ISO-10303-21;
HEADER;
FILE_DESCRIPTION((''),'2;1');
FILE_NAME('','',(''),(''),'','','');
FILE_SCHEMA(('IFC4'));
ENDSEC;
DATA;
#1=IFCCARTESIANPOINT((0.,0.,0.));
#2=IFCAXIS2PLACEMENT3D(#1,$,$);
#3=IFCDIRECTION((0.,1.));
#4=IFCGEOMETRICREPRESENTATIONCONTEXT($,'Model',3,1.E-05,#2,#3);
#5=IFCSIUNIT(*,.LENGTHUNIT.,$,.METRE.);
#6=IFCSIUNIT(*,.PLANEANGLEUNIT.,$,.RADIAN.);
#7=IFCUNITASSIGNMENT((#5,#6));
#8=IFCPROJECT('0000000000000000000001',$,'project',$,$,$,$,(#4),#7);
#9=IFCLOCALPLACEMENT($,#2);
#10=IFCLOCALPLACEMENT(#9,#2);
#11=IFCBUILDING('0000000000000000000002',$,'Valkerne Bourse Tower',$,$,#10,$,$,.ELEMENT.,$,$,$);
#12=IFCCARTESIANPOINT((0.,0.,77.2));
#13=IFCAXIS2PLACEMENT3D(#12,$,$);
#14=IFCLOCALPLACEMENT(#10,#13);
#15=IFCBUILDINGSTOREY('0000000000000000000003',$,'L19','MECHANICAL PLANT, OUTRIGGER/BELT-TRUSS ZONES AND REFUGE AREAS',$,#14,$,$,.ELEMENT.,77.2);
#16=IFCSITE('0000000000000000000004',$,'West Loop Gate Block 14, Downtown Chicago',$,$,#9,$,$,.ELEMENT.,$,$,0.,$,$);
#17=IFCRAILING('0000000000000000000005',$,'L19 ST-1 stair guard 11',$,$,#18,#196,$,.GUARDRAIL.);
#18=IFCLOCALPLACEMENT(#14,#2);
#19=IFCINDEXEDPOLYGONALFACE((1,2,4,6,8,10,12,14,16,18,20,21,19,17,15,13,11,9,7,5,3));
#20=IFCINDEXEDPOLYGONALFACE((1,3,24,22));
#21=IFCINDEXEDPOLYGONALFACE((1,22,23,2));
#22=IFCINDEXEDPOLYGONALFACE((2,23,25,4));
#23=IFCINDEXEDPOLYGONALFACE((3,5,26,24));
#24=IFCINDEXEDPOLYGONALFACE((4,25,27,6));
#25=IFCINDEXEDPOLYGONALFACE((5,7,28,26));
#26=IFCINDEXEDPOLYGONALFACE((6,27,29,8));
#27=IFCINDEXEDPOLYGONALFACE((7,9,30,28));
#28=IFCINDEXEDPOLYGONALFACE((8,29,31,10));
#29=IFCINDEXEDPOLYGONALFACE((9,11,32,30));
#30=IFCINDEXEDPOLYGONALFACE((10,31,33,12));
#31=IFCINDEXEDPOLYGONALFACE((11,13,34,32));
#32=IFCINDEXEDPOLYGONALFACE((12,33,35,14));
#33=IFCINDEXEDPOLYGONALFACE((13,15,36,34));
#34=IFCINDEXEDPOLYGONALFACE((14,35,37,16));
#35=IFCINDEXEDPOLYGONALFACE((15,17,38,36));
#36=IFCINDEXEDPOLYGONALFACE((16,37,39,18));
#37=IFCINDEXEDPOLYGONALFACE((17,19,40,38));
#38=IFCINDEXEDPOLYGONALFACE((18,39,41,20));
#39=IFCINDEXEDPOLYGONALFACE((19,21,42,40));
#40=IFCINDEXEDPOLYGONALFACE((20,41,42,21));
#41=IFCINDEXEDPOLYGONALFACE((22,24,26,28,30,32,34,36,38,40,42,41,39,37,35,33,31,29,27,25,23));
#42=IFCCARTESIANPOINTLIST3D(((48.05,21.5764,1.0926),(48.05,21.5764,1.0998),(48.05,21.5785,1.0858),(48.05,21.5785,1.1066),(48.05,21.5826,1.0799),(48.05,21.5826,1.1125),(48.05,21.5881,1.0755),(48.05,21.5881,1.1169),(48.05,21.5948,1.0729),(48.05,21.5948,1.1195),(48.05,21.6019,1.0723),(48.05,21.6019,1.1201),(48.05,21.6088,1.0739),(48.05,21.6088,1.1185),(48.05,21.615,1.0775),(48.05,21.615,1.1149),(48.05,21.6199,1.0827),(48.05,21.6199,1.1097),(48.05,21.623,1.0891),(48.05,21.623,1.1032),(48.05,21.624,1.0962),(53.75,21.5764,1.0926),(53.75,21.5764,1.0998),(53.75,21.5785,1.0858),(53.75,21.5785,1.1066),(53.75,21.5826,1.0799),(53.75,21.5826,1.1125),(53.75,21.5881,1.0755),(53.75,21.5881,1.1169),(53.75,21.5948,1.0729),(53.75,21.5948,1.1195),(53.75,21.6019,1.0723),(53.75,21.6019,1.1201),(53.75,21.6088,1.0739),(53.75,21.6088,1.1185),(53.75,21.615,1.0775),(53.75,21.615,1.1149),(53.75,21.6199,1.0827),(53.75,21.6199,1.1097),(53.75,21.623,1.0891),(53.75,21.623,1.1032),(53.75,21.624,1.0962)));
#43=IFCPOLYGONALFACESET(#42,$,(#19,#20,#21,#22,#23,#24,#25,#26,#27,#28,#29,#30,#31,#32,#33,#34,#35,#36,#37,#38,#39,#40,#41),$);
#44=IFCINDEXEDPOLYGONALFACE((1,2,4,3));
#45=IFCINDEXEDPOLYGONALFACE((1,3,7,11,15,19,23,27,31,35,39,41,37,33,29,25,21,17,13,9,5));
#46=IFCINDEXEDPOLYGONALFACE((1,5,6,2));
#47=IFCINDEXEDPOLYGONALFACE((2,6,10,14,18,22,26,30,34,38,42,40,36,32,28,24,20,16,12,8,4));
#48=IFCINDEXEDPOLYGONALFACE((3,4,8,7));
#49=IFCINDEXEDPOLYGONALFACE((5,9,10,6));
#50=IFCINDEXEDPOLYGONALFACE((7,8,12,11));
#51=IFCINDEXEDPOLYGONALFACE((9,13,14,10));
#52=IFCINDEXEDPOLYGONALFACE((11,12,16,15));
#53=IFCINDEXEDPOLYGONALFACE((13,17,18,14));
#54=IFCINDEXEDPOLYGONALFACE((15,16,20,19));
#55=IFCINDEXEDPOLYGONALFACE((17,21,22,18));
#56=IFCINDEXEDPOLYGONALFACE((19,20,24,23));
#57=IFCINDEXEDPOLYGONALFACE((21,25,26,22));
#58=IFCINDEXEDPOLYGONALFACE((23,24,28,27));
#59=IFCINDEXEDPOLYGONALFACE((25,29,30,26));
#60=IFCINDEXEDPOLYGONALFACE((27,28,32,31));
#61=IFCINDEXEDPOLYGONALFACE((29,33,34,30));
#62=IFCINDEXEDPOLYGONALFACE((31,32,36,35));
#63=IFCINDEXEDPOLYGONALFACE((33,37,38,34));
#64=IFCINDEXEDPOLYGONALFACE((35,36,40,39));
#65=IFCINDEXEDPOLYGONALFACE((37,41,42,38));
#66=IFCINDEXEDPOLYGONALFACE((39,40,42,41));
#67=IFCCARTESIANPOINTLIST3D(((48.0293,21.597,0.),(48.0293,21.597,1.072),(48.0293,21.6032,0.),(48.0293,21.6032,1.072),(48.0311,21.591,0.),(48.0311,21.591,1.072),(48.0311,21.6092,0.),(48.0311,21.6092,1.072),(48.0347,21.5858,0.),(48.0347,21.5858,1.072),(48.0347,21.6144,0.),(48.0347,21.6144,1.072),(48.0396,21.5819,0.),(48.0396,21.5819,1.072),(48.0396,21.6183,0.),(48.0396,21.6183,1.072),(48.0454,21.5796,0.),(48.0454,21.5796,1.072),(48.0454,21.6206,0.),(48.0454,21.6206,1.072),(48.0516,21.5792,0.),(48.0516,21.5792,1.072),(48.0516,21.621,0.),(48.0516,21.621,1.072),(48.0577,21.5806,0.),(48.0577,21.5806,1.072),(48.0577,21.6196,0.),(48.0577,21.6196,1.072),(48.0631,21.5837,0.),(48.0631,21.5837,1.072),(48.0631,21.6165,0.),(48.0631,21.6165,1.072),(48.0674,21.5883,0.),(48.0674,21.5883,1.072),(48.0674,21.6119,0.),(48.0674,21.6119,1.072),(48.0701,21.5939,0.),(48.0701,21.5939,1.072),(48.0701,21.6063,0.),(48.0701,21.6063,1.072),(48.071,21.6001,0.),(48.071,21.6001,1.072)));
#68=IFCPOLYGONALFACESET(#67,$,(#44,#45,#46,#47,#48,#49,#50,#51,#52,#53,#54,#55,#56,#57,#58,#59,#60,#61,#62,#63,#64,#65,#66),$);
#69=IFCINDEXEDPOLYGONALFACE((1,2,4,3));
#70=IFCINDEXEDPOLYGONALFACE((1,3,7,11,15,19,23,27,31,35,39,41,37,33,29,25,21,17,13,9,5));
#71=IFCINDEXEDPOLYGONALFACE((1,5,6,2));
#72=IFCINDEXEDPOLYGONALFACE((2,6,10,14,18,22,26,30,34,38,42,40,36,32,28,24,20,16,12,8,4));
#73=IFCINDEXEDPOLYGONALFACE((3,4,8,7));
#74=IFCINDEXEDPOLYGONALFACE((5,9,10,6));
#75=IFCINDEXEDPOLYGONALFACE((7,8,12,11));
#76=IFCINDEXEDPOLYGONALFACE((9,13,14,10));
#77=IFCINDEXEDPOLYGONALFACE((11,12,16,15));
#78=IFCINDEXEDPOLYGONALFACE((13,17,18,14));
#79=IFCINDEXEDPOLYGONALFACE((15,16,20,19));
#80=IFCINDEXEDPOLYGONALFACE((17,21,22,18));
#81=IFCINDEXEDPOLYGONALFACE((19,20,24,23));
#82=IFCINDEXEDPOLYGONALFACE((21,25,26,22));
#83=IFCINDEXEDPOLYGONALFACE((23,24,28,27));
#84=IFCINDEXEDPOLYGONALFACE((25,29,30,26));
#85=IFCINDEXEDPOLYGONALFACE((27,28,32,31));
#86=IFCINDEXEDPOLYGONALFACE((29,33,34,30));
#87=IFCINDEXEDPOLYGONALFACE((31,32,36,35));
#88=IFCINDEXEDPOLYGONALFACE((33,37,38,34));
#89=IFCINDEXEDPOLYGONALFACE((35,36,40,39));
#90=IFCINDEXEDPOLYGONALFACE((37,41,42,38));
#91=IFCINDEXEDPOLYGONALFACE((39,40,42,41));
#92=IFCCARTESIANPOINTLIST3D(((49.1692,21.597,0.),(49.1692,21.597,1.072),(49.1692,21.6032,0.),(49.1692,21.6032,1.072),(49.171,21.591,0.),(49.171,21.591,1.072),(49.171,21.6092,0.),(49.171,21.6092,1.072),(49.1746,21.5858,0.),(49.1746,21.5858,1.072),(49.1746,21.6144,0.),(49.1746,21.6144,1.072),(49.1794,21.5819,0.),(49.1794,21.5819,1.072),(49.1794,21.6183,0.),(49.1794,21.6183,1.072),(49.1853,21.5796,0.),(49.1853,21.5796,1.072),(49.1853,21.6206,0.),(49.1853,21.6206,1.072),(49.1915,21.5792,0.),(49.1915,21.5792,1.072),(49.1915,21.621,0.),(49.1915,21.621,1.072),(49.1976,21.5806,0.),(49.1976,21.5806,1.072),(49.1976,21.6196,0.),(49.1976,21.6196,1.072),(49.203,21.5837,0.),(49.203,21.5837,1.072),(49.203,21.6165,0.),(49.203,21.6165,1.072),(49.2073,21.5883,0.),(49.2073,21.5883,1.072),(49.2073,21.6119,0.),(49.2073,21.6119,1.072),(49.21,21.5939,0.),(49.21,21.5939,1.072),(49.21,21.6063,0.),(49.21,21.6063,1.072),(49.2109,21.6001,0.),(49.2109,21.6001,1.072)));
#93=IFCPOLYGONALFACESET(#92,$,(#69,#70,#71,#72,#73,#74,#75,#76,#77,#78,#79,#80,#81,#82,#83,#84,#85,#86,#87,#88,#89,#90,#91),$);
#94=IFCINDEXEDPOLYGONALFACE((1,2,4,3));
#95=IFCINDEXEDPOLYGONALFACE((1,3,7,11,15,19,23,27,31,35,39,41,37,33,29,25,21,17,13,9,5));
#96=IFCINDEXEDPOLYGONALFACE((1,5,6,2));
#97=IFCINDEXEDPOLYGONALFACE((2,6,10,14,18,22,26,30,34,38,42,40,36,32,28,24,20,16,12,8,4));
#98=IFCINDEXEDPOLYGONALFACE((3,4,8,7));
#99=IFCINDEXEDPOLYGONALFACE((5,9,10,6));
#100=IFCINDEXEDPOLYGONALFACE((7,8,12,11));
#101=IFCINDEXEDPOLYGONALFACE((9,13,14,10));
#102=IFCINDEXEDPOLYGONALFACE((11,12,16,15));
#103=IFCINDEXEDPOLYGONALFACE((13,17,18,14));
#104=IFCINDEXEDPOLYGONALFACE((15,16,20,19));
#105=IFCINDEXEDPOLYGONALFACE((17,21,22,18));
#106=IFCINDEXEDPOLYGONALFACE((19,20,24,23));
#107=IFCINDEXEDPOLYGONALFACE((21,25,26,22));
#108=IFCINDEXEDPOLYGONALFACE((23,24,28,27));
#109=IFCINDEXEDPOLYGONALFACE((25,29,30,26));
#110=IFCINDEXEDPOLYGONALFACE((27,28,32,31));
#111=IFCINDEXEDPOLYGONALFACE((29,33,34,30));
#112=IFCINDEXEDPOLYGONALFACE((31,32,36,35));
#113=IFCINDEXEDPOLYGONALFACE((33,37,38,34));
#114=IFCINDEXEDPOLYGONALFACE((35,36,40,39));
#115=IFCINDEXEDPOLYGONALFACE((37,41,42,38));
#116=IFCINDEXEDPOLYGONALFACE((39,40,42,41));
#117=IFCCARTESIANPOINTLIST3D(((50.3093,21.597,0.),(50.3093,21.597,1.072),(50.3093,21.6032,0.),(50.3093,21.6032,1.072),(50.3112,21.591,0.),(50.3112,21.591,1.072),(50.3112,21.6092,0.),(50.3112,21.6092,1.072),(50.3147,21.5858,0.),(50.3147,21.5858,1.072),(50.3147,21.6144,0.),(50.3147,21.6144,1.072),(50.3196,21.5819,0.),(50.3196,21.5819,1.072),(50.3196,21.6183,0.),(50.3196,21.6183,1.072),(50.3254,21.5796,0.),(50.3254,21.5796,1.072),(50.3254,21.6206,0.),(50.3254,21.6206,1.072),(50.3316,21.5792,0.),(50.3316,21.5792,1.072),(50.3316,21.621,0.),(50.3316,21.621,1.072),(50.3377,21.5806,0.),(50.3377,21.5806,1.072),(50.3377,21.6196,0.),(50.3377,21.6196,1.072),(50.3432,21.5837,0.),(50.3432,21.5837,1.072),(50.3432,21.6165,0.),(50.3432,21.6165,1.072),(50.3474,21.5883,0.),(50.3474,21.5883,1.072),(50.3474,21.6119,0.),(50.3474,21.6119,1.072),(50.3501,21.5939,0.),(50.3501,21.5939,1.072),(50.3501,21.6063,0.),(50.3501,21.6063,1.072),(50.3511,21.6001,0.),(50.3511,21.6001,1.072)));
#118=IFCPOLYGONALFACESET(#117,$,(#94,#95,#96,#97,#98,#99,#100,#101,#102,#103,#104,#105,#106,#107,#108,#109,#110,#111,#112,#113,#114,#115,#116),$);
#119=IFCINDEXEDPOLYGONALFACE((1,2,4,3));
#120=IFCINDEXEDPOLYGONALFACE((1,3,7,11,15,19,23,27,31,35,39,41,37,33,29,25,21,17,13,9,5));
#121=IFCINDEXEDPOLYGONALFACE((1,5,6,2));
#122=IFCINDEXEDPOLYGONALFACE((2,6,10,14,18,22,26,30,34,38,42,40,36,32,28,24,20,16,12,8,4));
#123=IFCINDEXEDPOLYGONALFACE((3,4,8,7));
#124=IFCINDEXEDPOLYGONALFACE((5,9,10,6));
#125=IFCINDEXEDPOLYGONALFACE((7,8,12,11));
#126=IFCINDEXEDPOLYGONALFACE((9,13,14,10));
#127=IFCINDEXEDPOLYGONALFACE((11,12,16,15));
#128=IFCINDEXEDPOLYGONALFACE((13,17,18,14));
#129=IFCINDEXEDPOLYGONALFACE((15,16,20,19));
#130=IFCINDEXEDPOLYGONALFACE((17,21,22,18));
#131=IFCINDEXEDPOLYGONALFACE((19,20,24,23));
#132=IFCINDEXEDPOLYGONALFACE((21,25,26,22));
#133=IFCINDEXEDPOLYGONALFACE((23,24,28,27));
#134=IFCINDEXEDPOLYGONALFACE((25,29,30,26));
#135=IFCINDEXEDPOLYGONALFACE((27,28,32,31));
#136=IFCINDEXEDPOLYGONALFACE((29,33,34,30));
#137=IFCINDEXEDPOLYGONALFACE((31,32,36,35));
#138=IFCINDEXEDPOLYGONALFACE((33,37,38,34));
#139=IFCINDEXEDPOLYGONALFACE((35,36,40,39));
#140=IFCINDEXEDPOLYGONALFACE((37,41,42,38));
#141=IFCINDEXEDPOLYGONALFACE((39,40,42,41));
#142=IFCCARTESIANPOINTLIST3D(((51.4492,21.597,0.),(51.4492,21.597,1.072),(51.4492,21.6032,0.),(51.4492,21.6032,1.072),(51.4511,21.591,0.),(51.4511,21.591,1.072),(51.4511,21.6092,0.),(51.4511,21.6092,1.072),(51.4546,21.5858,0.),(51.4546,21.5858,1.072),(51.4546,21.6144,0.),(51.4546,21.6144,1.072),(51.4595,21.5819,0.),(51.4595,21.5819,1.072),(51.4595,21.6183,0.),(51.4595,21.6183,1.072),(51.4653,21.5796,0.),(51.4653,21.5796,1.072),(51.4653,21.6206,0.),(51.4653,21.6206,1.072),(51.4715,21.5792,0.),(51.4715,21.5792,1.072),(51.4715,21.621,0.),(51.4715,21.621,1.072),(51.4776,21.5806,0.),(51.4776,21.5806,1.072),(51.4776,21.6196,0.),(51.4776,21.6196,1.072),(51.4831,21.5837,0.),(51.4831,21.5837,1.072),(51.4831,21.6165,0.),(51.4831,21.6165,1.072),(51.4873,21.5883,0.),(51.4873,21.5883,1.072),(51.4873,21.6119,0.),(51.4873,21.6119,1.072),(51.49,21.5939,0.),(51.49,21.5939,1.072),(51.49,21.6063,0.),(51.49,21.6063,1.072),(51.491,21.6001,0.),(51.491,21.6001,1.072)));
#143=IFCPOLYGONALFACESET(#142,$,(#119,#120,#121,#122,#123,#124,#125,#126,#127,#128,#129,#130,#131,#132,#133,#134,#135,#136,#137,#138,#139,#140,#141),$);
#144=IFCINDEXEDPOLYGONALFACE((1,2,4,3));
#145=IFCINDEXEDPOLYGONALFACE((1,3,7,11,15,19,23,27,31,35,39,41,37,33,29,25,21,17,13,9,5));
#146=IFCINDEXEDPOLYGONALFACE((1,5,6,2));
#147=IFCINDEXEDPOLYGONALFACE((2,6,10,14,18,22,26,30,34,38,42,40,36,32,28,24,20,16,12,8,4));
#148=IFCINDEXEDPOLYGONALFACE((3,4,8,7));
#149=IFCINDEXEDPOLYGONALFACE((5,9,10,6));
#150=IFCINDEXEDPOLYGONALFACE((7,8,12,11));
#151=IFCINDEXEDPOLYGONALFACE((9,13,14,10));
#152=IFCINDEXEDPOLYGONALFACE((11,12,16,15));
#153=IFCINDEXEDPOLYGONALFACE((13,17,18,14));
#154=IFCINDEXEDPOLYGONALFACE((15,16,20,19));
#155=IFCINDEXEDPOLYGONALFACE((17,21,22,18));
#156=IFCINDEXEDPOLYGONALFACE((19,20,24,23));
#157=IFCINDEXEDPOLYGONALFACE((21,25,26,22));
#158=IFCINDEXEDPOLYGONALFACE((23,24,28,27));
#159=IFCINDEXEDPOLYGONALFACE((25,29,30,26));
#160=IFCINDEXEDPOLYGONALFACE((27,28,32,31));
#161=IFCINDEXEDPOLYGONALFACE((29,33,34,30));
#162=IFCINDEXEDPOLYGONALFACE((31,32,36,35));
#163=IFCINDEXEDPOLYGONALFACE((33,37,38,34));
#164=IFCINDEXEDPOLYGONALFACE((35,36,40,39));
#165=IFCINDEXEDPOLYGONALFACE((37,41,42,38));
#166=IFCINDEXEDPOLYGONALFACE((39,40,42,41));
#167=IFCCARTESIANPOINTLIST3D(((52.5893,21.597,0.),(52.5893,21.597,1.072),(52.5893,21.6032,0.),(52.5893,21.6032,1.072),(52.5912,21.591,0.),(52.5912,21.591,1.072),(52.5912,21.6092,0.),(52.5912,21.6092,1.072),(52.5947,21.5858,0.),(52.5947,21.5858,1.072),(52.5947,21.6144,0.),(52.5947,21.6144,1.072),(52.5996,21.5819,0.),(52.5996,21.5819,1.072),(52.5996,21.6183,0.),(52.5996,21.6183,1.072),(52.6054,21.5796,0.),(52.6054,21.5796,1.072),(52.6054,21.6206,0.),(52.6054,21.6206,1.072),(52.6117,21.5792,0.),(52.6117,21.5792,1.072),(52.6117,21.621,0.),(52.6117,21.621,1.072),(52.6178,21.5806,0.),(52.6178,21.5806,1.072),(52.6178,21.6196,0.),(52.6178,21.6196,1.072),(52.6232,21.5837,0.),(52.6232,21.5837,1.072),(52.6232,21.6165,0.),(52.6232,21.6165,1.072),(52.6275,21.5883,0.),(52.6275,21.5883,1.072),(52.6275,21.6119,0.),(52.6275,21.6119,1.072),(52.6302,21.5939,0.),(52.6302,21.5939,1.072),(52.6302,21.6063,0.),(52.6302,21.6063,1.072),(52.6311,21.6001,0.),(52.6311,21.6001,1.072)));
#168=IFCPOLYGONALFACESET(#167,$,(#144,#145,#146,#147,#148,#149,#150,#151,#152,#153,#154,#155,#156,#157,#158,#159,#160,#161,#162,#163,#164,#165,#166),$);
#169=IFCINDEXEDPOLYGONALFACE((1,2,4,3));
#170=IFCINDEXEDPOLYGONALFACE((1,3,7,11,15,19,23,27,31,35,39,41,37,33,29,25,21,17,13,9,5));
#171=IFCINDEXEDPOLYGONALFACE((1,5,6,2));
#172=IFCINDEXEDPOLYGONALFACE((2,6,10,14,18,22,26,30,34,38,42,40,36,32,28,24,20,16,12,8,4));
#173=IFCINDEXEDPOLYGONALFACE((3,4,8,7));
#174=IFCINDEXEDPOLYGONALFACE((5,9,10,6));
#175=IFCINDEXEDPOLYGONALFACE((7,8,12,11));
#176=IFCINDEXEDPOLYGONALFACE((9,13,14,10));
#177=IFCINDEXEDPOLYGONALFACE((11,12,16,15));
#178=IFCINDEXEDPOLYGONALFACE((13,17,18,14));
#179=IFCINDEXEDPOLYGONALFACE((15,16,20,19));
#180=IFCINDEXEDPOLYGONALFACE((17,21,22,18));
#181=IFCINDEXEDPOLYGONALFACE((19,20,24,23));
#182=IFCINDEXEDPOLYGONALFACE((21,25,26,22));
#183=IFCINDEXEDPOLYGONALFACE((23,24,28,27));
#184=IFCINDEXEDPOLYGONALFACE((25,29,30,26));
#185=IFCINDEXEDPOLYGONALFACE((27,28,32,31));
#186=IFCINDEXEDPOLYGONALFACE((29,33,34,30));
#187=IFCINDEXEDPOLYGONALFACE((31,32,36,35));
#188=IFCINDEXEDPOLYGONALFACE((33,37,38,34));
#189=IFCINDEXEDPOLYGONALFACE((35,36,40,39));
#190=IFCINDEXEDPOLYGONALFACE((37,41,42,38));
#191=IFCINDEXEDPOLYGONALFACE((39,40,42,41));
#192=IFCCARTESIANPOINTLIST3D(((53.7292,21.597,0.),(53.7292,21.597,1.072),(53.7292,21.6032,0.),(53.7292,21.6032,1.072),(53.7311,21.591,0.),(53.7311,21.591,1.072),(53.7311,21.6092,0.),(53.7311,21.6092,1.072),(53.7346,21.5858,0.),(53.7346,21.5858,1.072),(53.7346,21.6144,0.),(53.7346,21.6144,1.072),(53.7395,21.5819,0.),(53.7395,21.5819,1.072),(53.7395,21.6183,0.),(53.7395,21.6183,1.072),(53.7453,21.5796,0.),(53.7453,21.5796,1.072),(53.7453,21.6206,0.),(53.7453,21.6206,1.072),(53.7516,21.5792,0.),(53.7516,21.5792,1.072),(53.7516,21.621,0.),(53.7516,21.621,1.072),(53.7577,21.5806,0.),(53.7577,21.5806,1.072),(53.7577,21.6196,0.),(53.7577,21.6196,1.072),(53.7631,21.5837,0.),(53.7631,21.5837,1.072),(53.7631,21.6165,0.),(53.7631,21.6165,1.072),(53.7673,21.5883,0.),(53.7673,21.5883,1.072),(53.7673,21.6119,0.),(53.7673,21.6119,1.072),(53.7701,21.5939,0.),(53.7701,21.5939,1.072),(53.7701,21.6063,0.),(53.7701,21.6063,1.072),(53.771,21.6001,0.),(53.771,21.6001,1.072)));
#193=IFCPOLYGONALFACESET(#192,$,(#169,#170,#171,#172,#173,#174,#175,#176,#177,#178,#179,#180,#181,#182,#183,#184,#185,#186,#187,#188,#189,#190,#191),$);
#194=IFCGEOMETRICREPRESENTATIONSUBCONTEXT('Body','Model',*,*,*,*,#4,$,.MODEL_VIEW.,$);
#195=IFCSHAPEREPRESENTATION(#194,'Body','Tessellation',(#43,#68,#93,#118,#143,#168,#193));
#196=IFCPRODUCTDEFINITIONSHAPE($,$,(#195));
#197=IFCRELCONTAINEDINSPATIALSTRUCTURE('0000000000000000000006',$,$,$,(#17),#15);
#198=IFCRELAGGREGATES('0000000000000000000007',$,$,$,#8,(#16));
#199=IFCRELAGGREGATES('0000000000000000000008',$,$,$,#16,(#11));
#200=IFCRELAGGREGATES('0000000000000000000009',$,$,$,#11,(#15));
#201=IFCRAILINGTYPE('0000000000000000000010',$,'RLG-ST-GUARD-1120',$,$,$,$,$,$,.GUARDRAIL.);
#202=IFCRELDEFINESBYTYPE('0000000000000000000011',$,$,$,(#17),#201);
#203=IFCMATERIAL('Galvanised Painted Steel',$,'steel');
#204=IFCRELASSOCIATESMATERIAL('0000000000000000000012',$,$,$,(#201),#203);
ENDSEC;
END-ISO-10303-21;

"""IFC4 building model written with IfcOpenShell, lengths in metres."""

from ifc_helpers import new_model, si_unit, direction, frame, origin, origin_2d, place, context, subcontext, project, spatial, circle, extrude, material, type_object, element, save


model = new_model("IFC4")

# Units and contexts
model_context = context("Model", 3, precision=1e-05, world=origin(), true_north=direction((0.0, 1.0)))
body_context = subcontext(model_context, "Body", "Model", "MODEL_VIEW")
ifc_project = project(units=[si_unit("LENGTHUNIT", "METRE"), si_unit("PLANEANGLEUNIT", "RADIAN")], contexts=[model_context])

# Site, building, storey
site_placement = place(None, origin())
site = spatial("IfcSite", under=ifc_project, at=site_placement, Name="West Loop Gate Block 14, Downtown Chicago", CompositionType="ELEMENT", RefElevation=0.0)
building_placement = place(site_placement, origin())
building = spatial("IfcBuilding", under=site, at=building_placement, Name="Valkerne Bourse Tower", CompositionType="ELEMENT")
storey_placement = place(building_placement, frame((0.0, 0.0, 77.2)))
storey = spatial("IfcBuildingStorey", under=building, at=storey_placement, Name="L19", Description="MECHANICAL PLANT, OUTRIGGER/BELT-TRUSS ZONES AND REFUGE AREAS", CompositionType="ELEMENT", Elevation=77.2)

# Shared definitions
ifc_material_1 = material(Name="Galvanised Painted Steel", Category="steel")

# Railing
railing_type_1 = type_object("IfcRailingType", Name="RLG-ST-GUARD-1120", PredefinedType="GUARDRAIL", material=ifc_material_1)
railing_1_placement = place(storey_placement, frame((48.05, 21.6001, 0.0)))
element("IfcRailing", 1, at=railing_1_placement, inside=storey, type_object=railing_type_1, Name="L19 ST-1 stair guard 11", PredefinedType="GUARDRAIL", context=body_context, shape_type="SweptSolid", body=[
    extrude(circle(Radius=0.0239, at=origin_2d()), frame((0.0, 0.0, 1.0962), z_axis=(1.0, 0.0, 0.0), x_axis=(0.0, 1.0, 0.0)), (0.0, 0.0, 1.0), 5.7),
    extrude(circle(Radius=0.021, at=origin_2d()), origin(), (0.0, 0.0, 1.0), 1.072),
    extrude(circle(Radius=0.021, at=origin_2d()), frame((1.1399, 0.0, 0.0)), (0.0, 0.0, 1.0), 1.072),
    extrude(circle(Radius=0.021, at=origin_2d()), frame((2.28, 0.0, 0.0)), (0.0, 0.0, 1.0), 1.072),
    extrude(circle(Radius=0.021, at=origin_2d()), frame((3.4199, 0.0, 0.0)), (0.0, 0.0, 1.0), 1.072),
    extrude(circle(Radius=0.021, at=origin_2d()), frame((4.5601, 0.0, 0.0)), (0.0, 0.0, 1.0), 1.072),
    extrude(circle(Radius=0.021, at=origin_2d()), frame((5.7, 0.0, 0.0)), (0.0, 0.0, 1.0), 1.072),
])

save(model, "model.ifc")
